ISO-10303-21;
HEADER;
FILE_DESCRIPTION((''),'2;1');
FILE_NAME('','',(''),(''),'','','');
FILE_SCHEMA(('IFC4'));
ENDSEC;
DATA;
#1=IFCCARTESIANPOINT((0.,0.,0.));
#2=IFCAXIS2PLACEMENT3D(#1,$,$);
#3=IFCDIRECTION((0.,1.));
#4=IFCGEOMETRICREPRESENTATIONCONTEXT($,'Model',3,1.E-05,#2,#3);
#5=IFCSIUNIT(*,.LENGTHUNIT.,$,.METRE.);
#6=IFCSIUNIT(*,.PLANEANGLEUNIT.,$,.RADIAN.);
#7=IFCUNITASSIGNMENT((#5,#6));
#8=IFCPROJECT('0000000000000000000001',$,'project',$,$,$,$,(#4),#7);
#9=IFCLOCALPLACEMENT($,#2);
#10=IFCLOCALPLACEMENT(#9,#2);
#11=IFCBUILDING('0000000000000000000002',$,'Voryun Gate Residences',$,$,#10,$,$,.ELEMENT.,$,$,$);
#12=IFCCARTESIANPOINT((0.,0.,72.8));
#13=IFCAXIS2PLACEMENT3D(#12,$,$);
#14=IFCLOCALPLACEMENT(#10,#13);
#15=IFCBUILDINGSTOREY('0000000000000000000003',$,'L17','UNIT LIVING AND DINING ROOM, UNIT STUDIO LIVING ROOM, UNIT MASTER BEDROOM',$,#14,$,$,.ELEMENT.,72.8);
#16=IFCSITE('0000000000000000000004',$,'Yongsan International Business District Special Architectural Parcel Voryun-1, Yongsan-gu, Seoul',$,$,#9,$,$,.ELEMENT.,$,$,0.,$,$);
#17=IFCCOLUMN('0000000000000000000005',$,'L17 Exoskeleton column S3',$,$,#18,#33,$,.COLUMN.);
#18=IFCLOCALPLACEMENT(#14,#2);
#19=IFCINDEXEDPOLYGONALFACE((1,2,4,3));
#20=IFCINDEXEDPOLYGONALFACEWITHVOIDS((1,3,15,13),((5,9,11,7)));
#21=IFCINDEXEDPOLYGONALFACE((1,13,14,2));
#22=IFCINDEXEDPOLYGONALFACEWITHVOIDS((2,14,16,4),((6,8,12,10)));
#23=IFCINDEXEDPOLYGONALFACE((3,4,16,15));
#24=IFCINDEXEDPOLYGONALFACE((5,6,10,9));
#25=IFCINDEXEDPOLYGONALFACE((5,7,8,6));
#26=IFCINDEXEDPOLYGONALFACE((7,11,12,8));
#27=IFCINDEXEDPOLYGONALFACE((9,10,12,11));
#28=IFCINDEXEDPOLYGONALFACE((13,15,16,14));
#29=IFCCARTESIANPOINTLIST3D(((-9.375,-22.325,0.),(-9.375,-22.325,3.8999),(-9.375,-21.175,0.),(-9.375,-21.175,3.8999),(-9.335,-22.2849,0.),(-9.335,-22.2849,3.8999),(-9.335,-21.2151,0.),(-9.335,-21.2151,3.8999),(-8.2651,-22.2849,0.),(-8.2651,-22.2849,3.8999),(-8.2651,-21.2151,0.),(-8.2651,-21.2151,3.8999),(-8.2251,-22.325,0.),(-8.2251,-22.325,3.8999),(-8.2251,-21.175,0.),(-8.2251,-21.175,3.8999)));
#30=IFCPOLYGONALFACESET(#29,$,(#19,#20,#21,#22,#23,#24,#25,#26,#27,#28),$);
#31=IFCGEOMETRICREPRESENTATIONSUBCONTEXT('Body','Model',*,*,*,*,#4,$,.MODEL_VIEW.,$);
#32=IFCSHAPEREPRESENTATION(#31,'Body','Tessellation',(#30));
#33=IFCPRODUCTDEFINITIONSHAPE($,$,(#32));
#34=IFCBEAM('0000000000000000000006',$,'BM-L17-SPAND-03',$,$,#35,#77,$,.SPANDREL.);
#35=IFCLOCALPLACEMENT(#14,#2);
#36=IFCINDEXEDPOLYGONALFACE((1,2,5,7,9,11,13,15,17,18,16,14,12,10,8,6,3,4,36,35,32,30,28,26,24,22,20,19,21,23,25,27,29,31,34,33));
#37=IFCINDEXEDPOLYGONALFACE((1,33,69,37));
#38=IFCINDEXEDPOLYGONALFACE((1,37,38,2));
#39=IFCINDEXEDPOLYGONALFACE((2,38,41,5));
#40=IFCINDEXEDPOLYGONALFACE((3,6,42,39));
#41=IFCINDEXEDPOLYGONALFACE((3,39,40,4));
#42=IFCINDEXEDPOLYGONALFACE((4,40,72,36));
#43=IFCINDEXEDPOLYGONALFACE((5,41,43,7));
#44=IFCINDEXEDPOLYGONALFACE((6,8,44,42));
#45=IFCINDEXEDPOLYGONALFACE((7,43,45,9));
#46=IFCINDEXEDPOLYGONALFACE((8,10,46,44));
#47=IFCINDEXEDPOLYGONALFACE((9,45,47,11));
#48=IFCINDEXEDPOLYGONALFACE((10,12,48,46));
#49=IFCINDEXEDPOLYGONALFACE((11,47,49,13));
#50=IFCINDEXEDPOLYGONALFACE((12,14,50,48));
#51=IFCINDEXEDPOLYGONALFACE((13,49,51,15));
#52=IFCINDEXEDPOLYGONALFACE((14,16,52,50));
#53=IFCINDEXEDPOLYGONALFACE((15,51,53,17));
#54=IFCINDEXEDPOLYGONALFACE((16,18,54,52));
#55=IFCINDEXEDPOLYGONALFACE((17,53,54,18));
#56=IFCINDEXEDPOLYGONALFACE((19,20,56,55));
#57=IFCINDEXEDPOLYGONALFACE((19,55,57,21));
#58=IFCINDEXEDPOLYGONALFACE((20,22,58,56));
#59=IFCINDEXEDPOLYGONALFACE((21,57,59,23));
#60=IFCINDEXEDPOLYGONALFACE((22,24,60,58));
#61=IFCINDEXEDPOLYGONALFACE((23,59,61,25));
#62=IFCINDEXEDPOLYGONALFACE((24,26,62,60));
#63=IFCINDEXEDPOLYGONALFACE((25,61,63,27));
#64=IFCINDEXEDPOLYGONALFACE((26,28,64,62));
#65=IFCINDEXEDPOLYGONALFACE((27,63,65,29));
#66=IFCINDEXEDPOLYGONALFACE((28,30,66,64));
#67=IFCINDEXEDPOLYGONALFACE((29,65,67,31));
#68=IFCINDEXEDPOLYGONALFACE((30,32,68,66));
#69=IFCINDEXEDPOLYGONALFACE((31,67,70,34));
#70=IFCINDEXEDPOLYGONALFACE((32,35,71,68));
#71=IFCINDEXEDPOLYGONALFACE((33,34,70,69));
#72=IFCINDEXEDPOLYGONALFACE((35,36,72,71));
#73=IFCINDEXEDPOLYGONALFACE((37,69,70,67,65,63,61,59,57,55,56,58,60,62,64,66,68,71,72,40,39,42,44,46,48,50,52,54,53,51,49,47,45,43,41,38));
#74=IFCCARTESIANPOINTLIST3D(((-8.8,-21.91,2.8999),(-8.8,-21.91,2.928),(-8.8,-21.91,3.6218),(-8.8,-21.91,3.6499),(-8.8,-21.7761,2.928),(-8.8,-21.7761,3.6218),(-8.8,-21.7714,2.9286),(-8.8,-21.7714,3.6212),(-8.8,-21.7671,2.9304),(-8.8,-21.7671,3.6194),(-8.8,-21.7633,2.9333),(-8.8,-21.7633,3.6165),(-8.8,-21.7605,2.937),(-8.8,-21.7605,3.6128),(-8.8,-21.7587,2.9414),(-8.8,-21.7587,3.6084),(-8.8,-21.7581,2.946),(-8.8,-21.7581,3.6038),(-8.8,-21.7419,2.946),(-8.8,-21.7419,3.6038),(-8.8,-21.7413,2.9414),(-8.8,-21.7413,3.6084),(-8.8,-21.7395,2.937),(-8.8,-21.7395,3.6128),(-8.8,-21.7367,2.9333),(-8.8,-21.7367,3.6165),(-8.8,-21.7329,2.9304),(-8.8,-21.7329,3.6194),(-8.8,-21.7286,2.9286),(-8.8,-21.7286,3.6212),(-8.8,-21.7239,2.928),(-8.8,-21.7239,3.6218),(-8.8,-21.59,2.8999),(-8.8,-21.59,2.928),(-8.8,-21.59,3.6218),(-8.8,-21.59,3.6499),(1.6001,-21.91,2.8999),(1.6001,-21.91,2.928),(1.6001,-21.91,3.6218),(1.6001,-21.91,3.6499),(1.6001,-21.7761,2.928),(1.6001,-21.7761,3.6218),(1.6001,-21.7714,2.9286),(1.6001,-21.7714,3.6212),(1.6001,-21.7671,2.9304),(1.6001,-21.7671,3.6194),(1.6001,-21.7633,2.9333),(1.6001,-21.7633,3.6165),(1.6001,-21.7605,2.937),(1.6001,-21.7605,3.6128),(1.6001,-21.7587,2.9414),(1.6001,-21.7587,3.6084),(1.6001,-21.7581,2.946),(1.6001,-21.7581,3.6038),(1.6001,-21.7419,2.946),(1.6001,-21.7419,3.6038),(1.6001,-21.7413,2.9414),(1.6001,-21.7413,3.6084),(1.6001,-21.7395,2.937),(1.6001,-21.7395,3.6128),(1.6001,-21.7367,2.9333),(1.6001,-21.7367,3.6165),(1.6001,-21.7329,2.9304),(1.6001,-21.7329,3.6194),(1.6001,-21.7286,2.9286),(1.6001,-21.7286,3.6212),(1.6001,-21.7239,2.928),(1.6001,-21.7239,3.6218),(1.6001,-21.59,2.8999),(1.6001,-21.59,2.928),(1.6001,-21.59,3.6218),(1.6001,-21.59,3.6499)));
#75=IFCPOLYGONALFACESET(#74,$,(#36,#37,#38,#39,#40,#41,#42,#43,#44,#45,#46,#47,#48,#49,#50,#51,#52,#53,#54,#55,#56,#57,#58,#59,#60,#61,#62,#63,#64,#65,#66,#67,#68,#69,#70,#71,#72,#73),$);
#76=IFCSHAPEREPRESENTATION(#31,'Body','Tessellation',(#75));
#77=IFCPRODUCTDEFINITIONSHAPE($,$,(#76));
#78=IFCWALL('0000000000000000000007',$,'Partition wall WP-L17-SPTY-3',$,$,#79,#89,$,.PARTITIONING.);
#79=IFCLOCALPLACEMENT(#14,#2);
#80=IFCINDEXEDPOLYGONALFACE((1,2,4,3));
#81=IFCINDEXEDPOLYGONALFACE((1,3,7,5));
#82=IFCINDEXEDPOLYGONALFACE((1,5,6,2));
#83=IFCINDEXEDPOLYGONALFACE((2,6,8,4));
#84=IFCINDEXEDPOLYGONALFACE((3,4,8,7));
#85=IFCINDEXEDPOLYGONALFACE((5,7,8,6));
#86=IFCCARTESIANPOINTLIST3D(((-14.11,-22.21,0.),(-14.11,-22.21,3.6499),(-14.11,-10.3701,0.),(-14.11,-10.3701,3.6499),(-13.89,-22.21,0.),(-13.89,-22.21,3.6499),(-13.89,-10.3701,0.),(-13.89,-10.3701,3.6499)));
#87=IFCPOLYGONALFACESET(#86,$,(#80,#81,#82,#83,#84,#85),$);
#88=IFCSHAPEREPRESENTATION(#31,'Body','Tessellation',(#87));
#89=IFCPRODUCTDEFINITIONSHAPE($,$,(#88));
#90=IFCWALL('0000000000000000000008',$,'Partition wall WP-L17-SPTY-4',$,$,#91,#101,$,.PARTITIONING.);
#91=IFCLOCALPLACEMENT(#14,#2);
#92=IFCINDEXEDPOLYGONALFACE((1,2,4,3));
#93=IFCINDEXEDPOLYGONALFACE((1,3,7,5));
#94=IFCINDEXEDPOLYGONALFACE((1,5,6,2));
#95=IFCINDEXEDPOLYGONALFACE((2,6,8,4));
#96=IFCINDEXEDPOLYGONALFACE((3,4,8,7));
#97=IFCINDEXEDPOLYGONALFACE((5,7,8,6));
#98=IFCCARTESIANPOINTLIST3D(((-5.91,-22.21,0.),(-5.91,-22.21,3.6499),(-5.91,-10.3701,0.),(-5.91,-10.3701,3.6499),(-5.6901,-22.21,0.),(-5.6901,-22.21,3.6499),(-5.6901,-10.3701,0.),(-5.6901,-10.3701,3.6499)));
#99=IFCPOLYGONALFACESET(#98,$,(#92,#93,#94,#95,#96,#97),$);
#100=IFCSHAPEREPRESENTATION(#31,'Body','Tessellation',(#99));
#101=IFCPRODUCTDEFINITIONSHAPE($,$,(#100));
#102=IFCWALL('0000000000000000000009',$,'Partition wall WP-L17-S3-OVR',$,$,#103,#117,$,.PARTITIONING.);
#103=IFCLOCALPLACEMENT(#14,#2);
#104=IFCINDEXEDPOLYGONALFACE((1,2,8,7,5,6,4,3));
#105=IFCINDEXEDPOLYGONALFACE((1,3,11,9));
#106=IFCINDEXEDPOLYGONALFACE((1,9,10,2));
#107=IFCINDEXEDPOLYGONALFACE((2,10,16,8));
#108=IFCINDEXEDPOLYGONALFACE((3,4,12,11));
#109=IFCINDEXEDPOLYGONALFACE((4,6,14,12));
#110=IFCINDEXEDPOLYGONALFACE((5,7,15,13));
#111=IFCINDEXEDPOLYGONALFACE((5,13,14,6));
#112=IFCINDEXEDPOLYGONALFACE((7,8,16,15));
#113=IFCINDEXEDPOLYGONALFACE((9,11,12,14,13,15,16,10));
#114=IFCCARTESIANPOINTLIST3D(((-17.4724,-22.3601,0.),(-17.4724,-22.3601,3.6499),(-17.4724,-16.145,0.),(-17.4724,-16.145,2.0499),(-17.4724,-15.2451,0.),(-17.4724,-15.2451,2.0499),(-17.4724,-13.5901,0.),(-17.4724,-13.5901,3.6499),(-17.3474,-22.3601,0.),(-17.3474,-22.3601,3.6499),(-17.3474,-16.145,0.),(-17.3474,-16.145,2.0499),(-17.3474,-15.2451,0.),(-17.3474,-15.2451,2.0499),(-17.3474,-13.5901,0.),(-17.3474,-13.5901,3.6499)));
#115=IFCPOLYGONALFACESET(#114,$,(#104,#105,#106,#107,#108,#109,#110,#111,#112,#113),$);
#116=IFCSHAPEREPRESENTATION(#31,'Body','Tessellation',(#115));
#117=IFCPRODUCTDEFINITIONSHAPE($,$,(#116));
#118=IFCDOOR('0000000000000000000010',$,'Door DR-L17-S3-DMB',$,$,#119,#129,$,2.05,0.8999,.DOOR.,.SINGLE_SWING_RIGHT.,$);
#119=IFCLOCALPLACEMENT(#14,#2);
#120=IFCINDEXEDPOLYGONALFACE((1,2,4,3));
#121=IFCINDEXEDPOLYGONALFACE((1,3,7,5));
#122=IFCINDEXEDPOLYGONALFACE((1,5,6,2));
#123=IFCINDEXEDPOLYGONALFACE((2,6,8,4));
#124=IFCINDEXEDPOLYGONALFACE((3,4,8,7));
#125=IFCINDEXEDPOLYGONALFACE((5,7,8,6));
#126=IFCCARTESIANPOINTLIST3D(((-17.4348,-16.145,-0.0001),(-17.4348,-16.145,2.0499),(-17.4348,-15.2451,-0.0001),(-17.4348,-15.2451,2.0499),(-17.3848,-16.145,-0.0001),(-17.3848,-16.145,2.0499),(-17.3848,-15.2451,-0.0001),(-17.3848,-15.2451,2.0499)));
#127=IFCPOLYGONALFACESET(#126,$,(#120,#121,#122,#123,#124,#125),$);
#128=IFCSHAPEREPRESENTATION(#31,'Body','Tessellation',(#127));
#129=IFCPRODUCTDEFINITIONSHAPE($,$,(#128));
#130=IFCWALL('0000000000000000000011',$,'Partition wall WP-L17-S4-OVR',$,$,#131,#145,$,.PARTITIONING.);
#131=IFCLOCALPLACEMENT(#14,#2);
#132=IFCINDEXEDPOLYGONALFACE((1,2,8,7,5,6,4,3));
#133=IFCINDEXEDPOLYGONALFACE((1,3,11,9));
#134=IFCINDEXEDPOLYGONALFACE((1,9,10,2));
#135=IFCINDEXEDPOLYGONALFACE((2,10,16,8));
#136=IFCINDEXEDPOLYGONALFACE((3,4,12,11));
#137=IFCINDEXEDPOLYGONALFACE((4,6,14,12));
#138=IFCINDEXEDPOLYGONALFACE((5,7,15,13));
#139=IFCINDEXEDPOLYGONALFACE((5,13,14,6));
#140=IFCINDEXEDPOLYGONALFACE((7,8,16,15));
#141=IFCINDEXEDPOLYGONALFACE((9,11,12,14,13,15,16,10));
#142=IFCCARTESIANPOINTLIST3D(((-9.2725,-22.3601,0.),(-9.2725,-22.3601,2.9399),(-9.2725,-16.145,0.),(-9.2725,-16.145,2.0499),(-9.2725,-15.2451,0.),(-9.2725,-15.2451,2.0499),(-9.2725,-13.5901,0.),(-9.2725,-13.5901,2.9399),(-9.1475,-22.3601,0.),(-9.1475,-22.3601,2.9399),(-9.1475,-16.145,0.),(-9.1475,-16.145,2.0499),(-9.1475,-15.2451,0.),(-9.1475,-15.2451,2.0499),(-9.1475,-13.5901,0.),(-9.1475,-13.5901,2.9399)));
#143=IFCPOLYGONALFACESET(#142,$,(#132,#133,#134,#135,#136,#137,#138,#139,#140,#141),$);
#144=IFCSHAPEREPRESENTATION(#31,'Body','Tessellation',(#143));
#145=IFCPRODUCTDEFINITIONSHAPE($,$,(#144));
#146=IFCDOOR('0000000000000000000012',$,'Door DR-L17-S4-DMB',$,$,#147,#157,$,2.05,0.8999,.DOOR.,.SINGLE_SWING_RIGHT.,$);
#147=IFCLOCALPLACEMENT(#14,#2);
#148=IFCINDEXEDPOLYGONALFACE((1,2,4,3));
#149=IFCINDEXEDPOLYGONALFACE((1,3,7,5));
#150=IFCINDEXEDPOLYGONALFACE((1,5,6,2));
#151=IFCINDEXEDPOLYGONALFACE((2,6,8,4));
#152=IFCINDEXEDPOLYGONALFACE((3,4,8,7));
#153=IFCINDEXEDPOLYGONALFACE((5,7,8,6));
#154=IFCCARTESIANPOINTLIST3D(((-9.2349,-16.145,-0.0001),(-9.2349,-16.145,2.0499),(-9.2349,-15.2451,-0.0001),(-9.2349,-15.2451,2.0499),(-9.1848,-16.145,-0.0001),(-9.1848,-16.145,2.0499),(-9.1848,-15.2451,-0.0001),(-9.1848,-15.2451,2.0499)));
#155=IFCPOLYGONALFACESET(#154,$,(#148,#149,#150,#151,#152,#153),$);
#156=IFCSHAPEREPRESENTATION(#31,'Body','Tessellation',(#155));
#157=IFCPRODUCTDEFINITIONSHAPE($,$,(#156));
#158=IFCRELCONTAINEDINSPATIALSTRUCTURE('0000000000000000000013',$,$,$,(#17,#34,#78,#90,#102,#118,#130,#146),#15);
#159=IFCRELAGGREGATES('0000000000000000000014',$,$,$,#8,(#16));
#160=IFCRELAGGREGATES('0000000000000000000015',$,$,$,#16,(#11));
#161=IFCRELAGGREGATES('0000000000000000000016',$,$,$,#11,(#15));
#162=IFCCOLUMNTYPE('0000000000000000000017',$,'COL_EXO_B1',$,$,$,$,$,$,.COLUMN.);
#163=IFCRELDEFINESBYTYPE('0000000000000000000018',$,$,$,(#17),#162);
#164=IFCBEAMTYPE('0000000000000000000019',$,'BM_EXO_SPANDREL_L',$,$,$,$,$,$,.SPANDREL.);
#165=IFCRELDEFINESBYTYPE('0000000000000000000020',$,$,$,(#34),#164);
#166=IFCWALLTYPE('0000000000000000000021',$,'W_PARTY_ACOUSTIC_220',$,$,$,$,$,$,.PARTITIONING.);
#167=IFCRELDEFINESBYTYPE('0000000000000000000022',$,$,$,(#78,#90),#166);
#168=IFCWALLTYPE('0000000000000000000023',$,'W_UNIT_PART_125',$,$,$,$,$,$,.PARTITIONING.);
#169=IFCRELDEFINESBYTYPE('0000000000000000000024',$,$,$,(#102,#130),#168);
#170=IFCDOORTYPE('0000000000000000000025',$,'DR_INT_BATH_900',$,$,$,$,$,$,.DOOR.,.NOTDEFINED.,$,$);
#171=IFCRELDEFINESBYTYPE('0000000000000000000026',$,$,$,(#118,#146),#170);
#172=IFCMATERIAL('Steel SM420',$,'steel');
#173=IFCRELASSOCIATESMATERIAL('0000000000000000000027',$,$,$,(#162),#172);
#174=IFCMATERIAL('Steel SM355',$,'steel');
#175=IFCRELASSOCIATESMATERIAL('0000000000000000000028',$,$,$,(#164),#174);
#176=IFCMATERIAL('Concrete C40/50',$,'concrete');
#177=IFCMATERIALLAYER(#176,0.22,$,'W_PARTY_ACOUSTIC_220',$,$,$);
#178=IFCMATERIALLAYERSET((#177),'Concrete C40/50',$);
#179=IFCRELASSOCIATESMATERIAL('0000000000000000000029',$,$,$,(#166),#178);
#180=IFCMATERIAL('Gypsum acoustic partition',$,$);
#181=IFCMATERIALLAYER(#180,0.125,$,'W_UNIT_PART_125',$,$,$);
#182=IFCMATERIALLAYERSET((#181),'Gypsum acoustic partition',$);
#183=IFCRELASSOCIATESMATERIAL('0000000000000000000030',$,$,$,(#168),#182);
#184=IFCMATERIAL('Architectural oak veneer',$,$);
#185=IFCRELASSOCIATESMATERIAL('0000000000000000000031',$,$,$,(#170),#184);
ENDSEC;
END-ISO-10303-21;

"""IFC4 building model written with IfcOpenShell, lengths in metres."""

from ifc_helpers import new_model, si_unit, direction, frame, frame_2d, origin, origin_2d, place, context, subcontext, project, spatial, rectangle, hollow_rectangle, i_section, extrude, material, layer, layer_set, material_profile, profile_set, type_object, element, fill, save


model = new_model("IFC4")

# Units and contexts
model_context = context("Model", 3, precision=1e-05, world=origin(), true_north=direction((0.0, 1.0)))
body_context = subcontext(model_context, "Body", "Model", "MODEL_VIEW")
ifc_project = project(units=[si_unit("LENGTHUNIT", "METRE"), si_unit("PLANEANGLEUNIT", "RADIAN")], contexts=[model_context])

# Site, building, storey
site_placement = place(None, origin())
site = spatial("IfcSite", under=ifc_project, at=site_placement, Name="Yongsan International Business District Special Architectural Parcel Voryun-1, Yongsan-gu, Seoul", CompositionType="ELEMENT", RefElevation=0.0)
building_placement = place(site_placement, origin())
building = spatial("IfcBuilding", under=site, at=building_placement, Name="Voryun Gate Residences", CompositionType="ELEMENT")
storey_placement = place(building_placement, frame((0.0, 0.0, 72.8)))
storey = spatial("IfcBuildingStorey", under=building, at=storey_placement, Name="L17", Description="UNIT LIVING AND DINING ROOM, UNIT STUDIO LIVING ROOM, UNIT MASTER BEDROOM", CompositionType="ELEMENT", Elevation=72.8)

# Column
ifc_material_1 = material(Name="Steel SM420", Category="steel")
ifc_material_profile_1 = material_profile(ifc_material_1, hollow_rectangle(XDim=1.1499, YDim=1.1499, WallThickness=0.04, at=origin_2d()), Name="BOX-1150x1150x40")
ifc_profile_set_1 = profile_set([ifc_material_profile_1], Name="Steel SM420")
column_type = type_object("IfcColumnType", Name="COL_EXO_B1", PredefinedType="COLUMN", material=ifc_profile_set_1)
column_placement = place(storey_placement, frame((-8.8, -21.75, 0.0), z_axis=(0.0, 0.0, 1.0), x_axis=(1.0, 0.0, 0.0)))
element("IfcColumn", 1, at=column_placement, inside=storey, type_object=column_type, Name="L17 Exoskeleton column S3", PredefinedType="COLUMN", context=body_context, shape_type="SweptSolid", body=[
    extrude(hollow_rectangle(XDim=1.1499, YDim=1.1499, WallThickness=0.04, at=origin_2d()), origin(), (0.0, 0.0, 1.0), 3.8999),
])

# Beam
ifc_material_2 = material(Name="Steel SM355", Category="steel")
ifc_material_profile_2 = material_profile(ifc_material_2, i_section(OverallWidth=0.3201, OverallDepth=0.75, WebThickness=0.0161, FlangeThickness=0.0281, FilletRadius=0.0181, at=origin_2d()), Name="H-750x320x16x28")
ifc_profile_set_2 = profile_set([ifc_material_profile_2], Name="Steel SM355")
beam_type = type_object("IfcBeamType", Name="BM_EXO_SPANDREL_L", PredefinedType="SPANDREL", material=ifc_profile_set_2)
beam_placement = place(storey_placement, frame((-8.8, -21.75, 3.2749), z_axis=(1.0, 0.0, 0.0), x_axis=(0.0, 1.0, 0.0)))
element("IfcBeam", 2, at=beam_placement, inside=storey, type_object=beam_type, Name="BM-L17-SPAND-03", PredefinedType="SPANDREL", context=body_context, shape_type="SweptSolid", body=[
    extrude(i_section(OverallWidth=0.3201, OverallDepth=0.75, WebThickness=0.0161, FlangeThickness=0.0281, FilletRadius=0.0181, at=origin_2d()), origin(), (0.0, 0.0, 1.0), 10.4001),
])

# Walls
ifc_material_3 = material(Name="Concrete C40/50", Category="concrete")
ifc_layer_1 = layer(ifc_material_3, 0.22, Name="W_PARTY_ACOUSTIC_220")
ifc_layer_set_1 = layer_set([ifc_layer_1], Name="Concrete C40/50")
wall_type_1 = type_object("IfcWallType", Name="W_PARTY_ACOUSTIC_220", PredefinedType="PARTITIONING", material=ifc_layer_set_1)
for number, where, z_axis, x_axis, name in (
    (3, (-14.0, -22.21, 0.0), (0.0, 0.0, 1.0), (0.0, 1.0, 0.0), "Partition wall WP-L17-SPTY-3"),
    (4, (-5.8, -22.21, 0.0), (0.0, 0.0, 1.0), (0.0, 1.0, 0.0), "Partition wall WP-L17-SPTY-4"),
):
    element("IfcWall", number, at=place(storey_placement, frame(where, z_axis=z_axis, x_axis=x_axis)), inside=storey, type_object=wall_type_1, Name=name, PredefinedType="PARTITIONING", context=body_context, shape_type="SweptSolid", body=[
        extrude(rectangle(XDim=11.8398, YDim=0.22, at=frame_2d((5.9199, 0.0))), origin(), (0.0, 0.0, 1.0), 3.6499),
    ])

# Walls, openings, doors
ifc_material_4 = material(Name="Gypsum acoustic partition")
ifc_layer_2 = layer(ifc_material_4, 0.125, Name="W_UNIT_PART_125")
ifc_layer_set_2 = layer_set([ifc_layer_2], Name="Gypsum acoustic partition")
wall_type_2 = type_object("IfcWallType", Name="W_UNIT_PART_125", PredefinedType="PARTITIONING", material=ifc_layer_set_2)
wall_1_placement = place(storey_placement, frame((-17.4099, -22.3601, 0.0), z_axis=(0.0, 0.0, 1.0), x_axis=(0.0, 1.0, 0.0)))
wall_1 = element("IfcWall", 5, at=wall_1_placement, inside=storey, type_object=wall_type_2, Name="Partition wall WP-L17-S3-OVR", PredefinedType="PARTITIONING", context=body_context, shape_type="SweptSolid", body=[
    extrude(rectangle(XDim=8.77, YDim=0.125, at=frame_2d((4.385, 0.0))), origin(), (0.0, 0.0, 1.0), 3.6499),
])
opening_1_placement = place(wall_1_placement, frame((6.2151, 0.0, 0.0)))
opening_1 = element("IfcOpeningElement", 6, at=opening_1_placement, cuts=wall_1, PredefinedType="OPENING", context=body_context, shape_type="SweptSolid", body=[
    extrude(rectangle(XDim=0.8999, YDim=2.05, at=frame_2d((0.45, 1.0249))), frame((0.0, 0.0725, 0.0), z_axis=(0.0, -1.0, 0.0), x_axis=(1.0, 0.0, 0.0)), (0.0, 0.0, 1.0), 0.145),
])
ifc_material_5 = material(Name="Architectural oak veneer")
door_type_1 = type_object("IfcDoorType", Name="DR_INT_BATH_900", OperationType="NOTDEFINED", PredefinedType="DOOR", material=ifc_material_5)
door_1_placement = place(opening_1_placement, origin())
door_1 = element("IfcDoor", 7, at=door_1_placement, inside=storey, type_object=door_type_1, Name="Door DR-L17-S3-DMB", OperationType="SINGLE_SWING_RIGHT", OverallHeight=2.05, OverallWidth=0.8999, PredefinedType="DOOR", context=body_context, shape_type="SweptSolid", body=[
    extrude(rectangle(XDim=0.8999, YDim=2.05, at=frame_2d((0.45, 1.0249))), frame((0.0, 0.0249, 0.0), z_axis=(0.0, -1.0, 0.0), x_axis=(1.0, 0.0, 0.0)), (0.0, 0.0, 1.0), 0.05),
])
fill(opening_1, door_1)
wall_2_placement = place(storey_placement, frame((-9.21, -22.3601, 0.0), z_axis=(0.0, 0.0, 1.0), x_axis=(0.0, 1.0, 0.0)))
wall_2 = element("IfcWall", 8, at=wall_2_placement, inside=storey, type_object=wall_type_2, Name="Partition wall WP-L17-S4-OVR", PredefinedType="PARTITIONING", context=body_context, shape_type="SweptSolid", body=[
    extrude(rectangle(XDim=8.77, YDim=0.125, at=frame_2d((4.385, 0.0))), origin(), (0.0, 0.0, 1.0), 2.9399),
])
opening_2_placement = place(wall_2_placement, frame((6.2151, 0.0, 0.0)))
opening_2 = element("IfcOpeningElement", 9, at=opening_2_placement, cuts=wall_2, PredefinedType="OPENING", context=body_context, shape_type="SweptSolid", body=[
    extrude(rectangle(XDim=0.8999, YDim=2.05, at=frame_2d((0.45, 1.0249))), frame((0.0, 0.0725, 0.0), z_axis=(0.0, -1.0, 0.0), x_axis=(1.0, 0.0, 0.0)), (0.0, 0.0, 1.0), 0.145),
])
door_2_placement = place(opening_2_placement, origin())
door_2 = element("IfcDoor", 10, at=door_2_placement, inside=storey, type_object=door_type_1, Name="Door DR-L17-S4-DMB", OperationType="SINGLE_SWING_RIGHT", OverallHeight=2.05, OverallWidth=0.8999, PredefinedType="DOOR", context=body_context, shape_type="SweptSolid", body=[
    extrude(rectangle(XDim=0.8999, YDim=2.05, at=frame_2d((0.45, 1.0249))), frame((0.0, 0.0249, 0.0), z_axis=(0.0, -1.0, 0.0), x_axis=(1.0, 0.0, 0.0)), (0.0, 0.0, 1.0), 0.05),
])
fill(opening_2, door_2)

save(model, "model.ifc")
